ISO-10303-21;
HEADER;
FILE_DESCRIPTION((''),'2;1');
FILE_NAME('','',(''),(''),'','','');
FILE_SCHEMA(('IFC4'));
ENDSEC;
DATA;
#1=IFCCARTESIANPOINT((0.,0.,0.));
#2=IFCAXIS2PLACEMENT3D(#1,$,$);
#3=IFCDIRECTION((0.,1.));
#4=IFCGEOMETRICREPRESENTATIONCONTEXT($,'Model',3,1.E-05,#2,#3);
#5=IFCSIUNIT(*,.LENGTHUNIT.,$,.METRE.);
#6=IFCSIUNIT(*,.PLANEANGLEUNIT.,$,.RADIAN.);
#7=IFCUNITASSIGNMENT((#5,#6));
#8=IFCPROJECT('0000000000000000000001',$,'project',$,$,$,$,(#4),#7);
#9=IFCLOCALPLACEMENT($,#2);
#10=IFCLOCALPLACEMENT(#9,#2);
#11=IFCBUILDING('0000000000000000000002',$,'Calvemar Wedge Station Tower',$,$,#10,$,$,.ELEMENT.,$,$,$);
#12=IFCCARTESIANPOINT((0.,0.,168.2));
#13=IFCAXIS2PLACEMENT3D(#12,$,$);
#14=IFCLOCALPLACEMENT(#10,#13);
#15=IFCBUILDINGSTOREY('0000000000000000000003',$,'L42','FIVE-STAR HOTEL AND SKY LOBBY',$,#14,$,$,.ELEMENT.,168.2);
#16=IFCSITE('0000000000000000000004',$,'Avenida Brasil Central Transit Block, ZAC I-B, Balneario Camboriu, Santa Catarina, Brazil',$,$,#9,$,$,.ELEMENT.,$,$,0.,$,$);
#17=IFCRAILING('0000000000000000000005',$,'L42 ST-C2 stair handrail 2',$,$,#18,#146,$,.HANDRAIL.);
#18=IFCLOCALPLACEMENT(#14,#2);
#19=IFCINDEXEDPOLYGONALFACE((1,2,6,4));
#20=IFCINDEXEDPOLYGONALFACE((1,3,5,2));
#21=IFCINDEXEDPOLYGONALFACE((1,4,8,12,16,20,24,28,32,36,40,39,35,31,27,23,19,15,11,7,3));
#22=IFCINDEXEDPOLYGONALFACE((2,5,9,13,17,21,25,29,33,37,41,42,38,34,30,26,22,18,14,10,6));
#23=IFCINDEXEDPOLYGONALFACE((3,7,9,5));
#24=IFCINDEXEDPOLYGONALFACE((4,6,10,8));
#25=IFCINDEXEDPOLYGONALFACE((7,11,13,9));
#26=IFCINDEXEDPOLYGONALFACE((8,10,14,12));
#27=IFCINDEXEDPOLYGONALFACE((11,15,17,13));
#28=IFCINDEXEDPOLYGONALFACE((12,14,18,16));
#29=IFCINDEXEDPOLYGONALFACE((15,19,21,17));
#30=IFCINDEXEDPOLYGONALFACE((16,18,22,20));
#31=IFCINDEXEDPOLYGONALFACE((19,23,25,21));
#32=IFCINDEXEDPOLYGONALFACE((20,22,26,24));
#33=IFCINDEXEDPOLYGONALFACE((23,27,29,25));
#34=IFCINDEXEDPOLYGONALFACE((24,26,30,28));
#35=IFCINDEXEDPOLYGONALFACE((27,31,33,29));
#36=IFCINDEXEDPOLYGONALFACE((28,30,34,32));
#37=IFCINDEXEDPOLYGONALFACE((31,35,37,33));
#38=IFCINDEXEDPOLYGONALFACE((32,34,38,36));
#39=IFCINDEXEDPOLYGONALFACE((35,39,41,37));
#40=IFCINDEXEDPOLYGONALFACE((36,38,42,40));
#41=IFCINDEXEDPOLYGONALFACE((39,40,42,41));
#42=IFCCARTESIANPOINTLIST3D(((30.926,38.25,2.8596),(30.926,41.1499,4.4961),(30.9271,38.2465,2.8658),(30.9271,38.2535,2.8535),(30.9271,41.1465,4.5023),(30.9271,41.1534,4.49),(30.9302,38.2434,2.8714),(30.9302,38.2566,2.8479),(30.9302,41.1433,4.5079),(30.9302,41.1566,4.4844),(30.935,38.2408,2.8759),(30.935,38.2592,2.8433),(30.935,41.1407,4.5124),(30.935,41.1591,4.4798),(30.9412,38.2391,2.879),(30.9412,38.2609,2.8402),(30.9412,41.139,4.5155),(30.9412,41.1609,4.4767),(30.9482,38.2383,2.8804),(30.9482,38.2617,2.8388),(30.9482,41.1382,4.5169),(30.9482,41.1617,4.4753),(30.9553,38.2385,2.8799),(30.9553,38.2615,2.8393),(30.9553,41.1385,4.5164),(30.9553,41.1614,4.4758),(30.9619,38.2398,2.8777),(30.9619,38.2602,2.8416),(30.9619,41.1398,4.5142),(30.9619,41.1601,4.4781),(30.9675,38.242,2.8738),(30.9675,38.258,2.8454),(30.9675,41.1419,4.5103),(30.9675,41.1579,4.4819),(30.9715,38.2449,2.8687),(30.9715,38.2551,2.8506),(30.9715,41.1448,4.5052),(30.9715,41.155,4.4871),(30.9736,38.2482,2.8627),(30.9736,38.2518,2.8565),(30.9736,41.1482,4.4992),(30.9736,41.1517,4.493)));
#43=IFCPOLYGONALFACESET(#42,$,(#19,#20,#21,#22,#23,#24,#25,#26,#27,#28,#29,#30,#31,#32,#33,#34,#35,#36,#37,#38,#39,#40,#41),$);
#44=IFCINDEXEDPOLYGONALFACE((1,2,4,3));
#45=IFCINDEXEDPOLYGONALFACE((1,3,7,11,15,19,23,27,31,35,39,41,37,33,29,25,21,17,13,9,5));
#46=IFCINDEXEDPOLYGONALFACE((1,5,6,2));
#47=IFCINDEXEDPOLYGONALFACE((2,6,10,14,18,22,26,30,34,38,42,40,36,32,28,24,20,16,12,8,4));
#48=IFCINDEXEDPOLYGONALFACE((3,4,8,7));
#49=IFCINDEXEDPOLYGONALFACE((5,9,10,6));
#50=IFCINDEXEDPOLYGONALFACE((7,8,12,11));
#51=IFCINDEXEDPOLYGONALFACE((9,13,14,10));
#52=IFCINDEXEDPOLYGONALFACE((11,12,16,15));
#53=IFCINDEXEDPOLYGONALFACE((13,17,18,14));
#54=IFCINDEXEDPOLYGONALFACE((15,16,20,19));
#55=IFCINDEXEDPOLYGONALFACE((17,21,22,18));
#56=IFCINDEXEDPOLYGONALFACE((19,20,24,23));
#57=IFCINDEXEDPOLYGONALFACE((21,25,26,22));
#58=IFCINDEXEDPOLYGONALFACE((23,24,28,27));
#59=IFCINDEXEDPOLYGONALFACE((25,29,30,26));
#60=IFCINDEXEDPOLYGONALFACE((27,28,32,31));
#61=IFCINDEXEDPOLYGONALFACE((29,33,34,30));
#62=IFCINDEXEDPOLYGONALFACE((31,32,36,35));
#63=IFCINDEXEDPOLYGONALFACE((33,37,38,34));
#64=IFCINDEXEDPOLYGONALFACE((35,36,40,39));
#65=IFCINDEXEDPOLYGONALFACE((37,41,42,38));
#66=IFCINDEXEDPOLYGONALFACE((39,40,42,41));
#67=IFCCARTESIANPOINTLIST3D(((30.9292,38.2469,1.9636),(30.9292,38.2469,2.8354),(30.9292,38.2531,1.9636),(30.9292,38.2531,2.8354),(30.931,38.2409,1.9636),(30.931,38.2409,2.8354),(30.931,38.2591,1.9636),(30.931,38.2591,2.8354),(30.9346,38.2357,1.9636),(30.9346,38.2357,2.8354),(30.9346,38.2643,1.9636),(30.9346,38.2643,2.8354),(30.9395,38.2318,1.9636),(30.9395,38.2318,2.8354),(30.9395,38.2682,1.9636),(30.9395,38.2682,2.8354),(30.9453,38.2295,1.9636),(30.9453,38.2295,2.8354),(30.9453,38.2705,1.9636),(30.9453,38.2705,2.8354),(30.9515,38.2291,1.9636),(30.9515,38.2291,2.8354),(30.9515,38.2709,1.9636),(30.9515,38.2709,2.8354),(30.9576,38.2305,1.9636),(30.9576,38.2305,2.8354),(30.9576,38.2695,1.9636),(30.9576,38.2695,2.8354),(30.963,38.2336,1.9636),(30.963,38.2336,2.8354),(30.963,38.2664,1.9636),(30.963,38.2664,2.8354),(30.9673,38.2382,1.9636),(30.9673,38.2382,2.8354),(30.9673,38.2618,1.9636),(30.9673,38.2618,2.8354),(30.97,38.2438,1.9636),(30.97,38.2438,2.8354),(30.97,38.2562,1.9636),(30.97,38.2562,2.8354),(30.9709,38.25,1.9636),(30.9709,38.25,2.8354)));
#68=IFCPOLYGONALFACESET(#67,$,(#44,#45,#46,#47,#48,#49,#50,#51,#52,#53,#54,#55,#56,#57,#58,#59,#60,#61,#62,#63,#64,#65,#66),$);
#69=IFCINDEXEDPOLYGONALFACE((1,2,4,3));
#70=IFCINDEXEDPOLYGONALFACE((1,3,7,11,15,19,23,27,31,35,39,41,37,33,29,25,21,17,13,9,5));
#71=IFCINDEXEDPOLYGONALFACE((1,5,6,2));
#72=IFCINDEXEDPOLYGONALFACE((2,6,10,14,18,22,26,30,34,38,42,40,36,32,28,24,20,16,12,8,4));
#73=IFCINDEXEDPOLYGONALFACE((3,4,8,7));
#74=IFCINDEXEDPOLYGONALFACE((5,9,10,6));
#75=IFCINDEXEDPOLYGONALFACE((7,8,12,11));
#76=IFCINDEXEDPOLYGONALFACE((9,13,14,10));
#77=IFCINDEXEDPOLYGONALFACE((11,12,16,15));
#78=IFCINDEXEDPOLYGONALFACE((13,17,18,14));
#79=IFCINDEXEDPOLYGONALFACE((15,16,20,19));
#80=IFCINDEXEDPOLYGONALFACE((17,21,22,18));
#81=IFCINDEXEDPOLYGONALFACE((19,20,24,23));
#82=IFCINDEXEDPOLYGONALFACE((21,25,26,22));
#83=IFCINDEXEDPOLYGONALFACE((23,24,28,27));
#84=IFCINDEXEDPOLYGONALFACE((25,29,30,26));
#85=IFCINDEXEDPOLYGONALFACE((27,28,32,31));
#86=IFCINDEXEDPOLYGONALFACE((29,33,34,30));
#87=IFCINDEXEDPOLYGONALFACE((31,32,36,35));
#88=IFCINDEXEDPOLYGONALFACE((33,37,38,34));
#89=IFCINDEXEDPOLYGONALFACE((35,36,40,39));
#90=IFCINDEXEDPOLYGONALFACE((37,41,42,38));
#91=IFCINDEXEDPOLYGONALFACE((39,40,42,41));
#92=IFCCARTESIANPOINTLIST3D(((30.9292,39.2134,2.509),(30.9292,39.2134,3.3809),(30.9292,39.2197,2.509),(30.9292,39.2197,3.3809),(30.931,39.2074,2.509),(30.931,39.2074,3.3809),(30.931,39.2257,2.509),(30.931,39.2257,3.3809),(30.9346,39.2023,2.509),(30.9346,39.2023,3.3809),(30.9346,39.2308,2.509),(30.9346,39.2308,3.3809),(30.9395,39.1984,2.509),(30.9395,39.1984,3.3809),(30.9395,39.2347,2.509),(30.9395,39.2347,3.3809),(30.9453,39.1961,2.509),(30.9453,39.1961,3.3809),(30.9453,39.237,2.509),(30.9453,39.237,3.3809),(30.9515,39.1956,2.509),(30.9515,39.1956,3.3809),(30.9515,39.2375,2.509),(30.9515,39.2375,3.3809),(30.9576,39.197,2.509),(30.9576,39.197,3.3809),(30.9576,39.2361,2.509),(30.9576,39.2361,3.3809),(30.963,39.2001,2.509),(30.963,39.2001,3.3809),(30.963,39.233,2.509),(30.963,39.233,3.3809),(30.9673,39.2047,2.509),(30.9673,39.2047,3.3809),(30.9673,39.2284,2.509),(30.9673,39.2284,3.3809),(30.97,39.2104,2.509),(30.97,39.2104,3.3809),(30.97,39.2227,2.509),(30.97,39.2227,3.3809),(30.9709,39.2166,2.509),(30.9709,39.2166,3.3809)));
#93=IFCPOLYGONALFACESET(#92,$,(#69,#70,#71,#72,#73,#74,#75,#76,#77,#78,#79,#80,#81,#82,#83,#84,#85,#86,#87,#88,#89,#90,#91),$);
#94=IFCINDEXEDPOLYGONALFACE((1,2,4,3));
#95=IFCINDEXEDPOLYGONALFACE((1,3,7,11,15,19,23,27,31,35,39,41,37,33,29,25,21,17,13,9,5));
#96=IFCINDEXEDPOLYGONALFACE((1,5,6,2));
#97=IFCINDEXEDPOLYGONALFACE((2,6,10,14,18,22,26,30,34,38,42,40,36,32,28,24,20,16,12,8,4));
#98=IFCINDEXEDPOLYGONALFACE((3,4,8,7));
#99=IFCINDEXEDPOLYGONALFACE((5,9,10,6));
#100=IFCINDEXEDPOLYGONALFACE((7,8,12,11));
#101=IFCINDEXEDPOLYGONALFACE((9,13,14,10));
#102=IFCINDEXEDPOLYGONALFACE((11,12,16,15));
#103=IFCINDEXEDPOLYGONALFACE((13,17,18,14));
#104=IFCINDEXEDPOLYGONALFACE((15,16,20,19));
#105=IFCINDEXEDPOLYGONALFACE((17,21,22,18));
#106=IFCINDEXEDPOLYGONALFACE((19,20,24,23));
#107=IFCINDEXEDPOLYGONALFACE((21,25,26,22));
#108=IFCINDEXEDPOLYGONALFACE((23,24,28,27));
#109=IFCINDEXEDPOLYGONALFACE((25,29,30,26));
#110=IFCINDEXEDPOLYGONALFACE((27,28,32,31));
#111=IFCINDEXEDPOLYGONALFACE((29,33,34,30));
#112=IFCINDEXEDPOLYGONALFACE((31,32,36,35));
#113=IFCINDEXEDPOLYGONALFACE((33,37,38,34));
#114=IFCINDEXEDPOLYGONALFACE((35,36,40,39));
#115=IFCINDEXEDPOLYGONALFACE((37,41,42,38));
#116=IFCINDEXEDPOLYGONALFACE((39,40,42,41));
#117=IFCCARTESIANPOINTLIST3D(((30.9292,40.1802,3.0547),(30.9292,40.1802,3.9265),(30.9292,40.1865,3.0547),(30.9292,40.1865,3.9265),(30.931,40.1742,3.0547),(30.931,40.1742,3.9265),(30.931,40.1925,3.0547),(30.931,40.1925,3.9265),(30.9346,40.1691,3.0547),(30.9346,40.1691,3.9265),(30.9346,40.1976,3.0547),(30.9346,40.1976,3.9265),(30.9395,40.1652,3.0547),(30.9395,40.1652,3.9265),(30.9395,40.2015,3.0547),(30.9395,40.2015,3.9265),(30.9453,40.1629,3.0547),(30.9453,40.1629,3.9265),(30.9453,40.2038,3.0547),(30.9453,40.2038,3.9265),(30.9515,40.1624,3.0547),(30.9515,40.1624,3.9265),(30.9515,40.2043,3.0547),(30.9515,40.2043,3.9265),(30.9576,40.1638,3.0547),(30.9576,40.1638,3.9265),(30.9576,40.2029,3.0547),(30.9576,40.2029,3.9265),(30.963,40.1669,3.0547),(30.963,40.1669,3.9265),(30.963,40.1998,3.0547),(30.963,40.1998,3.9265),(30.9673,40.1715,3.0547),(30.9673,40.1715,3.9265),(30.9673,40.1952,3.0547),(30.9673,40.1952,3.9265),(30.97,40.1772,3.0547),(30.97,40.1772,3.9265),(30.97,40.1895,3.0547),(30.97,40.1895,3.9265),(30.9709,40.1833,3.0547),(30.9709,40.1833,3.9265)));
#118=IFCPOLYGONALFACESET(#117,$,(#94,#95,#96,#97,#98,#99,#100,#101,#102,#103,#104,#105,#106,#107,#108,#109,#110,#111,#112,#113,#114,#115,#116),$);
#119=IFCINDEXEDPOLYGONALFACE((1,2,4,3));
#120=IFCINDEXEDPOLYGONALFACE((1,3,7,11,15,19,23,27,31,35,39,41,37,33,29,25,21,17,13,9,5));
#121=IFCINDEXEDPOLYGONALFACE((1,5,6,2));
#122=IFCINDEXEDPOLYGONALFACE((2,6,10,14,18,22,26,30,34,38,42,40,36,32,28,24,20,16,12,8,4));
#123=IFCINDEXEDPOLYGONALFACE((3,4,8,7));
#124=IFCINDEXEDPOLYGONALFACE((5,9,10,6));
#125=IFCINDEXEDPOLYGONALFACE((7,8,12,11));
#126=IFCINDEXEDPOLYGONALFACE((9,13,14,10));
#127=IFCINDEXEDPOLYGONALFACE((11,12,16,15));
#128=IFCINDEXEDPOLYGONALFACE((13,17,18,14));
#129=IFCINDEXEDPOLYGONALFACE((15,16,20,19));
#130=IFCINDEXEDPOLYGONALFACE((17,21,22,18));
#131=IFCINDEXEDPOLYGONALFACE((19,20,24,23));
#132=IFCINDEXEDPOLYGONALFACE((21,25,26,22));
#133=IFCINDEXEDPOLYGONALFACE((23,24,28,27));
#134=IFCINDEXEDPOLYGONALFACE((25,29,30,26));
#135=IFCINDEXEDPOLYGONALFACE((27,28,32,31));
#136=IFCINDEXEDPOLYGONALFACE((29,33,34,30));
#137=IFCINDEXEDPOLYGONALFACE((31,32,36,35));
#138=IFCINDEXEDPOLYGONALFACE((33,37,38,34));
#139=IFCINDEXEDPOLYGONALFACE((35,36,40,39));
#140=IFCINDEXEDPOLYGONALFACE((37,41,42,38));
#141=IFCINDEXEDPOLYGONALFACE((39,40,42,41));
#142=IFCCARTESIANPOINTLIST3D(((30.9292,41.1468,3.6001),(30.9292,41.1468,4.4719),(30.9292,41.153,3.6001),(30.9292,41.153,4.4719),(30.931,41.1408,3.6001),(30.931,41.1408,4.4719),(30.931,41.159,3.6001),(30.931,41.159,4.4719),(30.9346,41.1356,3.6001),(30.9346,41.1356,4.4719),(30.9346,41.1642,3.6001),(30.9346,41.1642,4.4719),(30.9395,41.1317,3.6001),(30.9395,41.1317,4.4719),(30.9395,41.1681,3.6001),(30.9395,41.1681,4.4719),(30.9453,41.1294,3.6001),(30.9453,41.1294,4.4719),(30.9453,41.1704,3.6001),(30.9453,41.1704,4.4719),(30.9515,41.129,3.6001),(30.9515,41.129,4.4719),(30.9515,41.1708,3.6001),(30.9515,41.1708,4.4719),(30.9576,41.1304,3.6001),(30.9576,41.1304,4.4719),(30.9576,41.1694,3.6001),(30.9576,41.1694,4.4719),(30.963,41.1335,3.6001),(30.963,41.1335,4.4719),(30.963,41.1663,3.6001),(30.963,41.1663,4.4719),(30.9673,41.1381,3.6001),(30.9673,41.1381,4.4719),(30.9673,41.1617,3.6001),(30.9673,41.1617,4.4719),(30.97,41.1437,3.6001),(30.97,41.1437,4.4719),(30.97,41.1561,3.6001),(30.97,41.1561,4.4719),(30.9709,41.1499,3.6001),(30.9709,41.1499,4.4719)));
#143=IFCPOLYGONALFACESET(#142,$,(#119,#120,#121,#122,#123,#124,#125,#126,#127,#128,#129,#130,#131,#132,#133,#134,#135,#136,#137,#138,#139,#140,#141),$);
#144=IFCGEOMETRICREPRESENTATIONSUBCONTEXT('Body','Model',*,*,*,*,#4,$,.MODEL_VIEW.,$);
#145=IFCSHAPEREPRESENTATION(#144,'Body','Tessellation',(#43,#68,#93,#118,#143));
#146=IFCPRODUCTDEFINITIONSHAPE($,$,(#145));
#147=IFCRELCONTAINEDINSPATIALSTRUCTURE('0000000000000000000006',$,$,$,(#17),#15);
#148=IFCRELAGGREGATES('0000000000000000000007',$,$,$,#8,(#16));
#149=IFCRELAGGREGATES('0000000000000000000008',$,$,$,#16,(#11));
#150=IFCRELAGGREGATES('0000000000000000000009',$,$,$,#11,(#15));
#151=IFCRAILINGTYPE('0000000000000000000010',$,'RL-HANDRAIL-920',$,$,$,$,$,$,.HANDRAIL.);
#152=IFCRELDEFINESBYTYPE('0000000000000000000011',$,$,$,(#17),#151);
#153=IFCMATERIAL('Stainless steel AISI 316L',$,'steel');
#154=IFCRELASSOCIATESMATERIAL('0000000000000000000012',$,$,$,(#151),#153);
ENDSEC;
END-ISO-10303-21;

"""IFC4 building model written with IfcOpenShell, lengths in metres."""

from ifc_helpers import new_model, si_unit, direction, frame, origin, origin_2d, place, context, subcontext, project, spatial, circle, extrude, material, type_object, element, save


model = new_model("IFC4")

# Units and contexts
model_context = context("Model", 3, precision=1e-05, world=origin(), true_north=direction((0.0, 1.0)))
body_context = subcontext(model_context, "Body", "Model", "MODEL_VIEW")
ifc_project = project(units=[si_unit("LENGTHUNIT", "METRE"), si_unit("PLANEANGLEUNIT", "RADIAN")], contexts=[model_context])

# Site, building, storey
site_placement = place(None, origin())
site = spatial("IfcSite", under=ifc_project, at=site_placement, Name="Avenida Brasil Central Transit Block, ZAC I-B, Balneario Camboriu, Santa Catarina, Brazil", CompositionType="ELEMENT", RefElevation=0.0)
building_placement = place(site_placement, origin())
building = spatial("IfcBuilding", under=site, at=building_placement, Name="Calvemar Wedge Station Tower", CompositionType="ELEMENT")
storey_placement = place(building_placement, frame((0.0, 0.0, 168.2)))
storey = spatial("IfcBuildingStorey", under=building, at=storey_placement, Name="L42", Description="FIVE-STAR HOTEL AND SKY LOBBY", CompositionType="ELEMENT", Elevation=168.2)

# Railing
ifc_material_1 = material(Name="Stainless steel AISI 316L", Category="steel")
railing_type_1 = type_object("IfcRailingType", Name="RL-HANDRAIL-920", PredefinedType="HANDRAIL", material=ifc_material_1)
railing_1_placement = place(storey_placement, frame((30.95, 38.25, 1.9636)))
element("IfcRailing", 1, at=railing_1_placement, inside=storey, type_object=railing_type_1, Name="L42 ST-C2 stair handrail 2", PredefinedType="HANDRAIL", context=body_context, shape_type="SweptSolid", body=[
    extrude(circle(Radius=0.0239, at=origin_2d()), frame((0.0, 0.0, 0.896), z_axis=(0.0, 0.870897, 0.491465), x_axis=(-1.0, 0.0, 0.0)), (0.0, 0.0, 1.0), 3.3298),
    extrude(circle(Radius=0.021, at=origin_2d()), origin(), (0.0, 0.0, 1.0), 0.8718),
    extrude(circle(Radius=0.021, at=origin_2d()), frame((0.0, 0.9666, 0.5454)), (0.0, 0.0, 1.0), 0.8718),
    extrude(circle(Radius=0.021, at=origin_2d()), frame((0.0, 1.9333, 1.0911)), (0.0, 0.0, 1.0), 0.8718),
    extrude(circle(Radius=0.021, at=origin_2d()), frame((0.0, 2.8999, 1.6365)), (0.0, 0.0, 1.0), 0.8718),
])

save(model, "model.ifc")
